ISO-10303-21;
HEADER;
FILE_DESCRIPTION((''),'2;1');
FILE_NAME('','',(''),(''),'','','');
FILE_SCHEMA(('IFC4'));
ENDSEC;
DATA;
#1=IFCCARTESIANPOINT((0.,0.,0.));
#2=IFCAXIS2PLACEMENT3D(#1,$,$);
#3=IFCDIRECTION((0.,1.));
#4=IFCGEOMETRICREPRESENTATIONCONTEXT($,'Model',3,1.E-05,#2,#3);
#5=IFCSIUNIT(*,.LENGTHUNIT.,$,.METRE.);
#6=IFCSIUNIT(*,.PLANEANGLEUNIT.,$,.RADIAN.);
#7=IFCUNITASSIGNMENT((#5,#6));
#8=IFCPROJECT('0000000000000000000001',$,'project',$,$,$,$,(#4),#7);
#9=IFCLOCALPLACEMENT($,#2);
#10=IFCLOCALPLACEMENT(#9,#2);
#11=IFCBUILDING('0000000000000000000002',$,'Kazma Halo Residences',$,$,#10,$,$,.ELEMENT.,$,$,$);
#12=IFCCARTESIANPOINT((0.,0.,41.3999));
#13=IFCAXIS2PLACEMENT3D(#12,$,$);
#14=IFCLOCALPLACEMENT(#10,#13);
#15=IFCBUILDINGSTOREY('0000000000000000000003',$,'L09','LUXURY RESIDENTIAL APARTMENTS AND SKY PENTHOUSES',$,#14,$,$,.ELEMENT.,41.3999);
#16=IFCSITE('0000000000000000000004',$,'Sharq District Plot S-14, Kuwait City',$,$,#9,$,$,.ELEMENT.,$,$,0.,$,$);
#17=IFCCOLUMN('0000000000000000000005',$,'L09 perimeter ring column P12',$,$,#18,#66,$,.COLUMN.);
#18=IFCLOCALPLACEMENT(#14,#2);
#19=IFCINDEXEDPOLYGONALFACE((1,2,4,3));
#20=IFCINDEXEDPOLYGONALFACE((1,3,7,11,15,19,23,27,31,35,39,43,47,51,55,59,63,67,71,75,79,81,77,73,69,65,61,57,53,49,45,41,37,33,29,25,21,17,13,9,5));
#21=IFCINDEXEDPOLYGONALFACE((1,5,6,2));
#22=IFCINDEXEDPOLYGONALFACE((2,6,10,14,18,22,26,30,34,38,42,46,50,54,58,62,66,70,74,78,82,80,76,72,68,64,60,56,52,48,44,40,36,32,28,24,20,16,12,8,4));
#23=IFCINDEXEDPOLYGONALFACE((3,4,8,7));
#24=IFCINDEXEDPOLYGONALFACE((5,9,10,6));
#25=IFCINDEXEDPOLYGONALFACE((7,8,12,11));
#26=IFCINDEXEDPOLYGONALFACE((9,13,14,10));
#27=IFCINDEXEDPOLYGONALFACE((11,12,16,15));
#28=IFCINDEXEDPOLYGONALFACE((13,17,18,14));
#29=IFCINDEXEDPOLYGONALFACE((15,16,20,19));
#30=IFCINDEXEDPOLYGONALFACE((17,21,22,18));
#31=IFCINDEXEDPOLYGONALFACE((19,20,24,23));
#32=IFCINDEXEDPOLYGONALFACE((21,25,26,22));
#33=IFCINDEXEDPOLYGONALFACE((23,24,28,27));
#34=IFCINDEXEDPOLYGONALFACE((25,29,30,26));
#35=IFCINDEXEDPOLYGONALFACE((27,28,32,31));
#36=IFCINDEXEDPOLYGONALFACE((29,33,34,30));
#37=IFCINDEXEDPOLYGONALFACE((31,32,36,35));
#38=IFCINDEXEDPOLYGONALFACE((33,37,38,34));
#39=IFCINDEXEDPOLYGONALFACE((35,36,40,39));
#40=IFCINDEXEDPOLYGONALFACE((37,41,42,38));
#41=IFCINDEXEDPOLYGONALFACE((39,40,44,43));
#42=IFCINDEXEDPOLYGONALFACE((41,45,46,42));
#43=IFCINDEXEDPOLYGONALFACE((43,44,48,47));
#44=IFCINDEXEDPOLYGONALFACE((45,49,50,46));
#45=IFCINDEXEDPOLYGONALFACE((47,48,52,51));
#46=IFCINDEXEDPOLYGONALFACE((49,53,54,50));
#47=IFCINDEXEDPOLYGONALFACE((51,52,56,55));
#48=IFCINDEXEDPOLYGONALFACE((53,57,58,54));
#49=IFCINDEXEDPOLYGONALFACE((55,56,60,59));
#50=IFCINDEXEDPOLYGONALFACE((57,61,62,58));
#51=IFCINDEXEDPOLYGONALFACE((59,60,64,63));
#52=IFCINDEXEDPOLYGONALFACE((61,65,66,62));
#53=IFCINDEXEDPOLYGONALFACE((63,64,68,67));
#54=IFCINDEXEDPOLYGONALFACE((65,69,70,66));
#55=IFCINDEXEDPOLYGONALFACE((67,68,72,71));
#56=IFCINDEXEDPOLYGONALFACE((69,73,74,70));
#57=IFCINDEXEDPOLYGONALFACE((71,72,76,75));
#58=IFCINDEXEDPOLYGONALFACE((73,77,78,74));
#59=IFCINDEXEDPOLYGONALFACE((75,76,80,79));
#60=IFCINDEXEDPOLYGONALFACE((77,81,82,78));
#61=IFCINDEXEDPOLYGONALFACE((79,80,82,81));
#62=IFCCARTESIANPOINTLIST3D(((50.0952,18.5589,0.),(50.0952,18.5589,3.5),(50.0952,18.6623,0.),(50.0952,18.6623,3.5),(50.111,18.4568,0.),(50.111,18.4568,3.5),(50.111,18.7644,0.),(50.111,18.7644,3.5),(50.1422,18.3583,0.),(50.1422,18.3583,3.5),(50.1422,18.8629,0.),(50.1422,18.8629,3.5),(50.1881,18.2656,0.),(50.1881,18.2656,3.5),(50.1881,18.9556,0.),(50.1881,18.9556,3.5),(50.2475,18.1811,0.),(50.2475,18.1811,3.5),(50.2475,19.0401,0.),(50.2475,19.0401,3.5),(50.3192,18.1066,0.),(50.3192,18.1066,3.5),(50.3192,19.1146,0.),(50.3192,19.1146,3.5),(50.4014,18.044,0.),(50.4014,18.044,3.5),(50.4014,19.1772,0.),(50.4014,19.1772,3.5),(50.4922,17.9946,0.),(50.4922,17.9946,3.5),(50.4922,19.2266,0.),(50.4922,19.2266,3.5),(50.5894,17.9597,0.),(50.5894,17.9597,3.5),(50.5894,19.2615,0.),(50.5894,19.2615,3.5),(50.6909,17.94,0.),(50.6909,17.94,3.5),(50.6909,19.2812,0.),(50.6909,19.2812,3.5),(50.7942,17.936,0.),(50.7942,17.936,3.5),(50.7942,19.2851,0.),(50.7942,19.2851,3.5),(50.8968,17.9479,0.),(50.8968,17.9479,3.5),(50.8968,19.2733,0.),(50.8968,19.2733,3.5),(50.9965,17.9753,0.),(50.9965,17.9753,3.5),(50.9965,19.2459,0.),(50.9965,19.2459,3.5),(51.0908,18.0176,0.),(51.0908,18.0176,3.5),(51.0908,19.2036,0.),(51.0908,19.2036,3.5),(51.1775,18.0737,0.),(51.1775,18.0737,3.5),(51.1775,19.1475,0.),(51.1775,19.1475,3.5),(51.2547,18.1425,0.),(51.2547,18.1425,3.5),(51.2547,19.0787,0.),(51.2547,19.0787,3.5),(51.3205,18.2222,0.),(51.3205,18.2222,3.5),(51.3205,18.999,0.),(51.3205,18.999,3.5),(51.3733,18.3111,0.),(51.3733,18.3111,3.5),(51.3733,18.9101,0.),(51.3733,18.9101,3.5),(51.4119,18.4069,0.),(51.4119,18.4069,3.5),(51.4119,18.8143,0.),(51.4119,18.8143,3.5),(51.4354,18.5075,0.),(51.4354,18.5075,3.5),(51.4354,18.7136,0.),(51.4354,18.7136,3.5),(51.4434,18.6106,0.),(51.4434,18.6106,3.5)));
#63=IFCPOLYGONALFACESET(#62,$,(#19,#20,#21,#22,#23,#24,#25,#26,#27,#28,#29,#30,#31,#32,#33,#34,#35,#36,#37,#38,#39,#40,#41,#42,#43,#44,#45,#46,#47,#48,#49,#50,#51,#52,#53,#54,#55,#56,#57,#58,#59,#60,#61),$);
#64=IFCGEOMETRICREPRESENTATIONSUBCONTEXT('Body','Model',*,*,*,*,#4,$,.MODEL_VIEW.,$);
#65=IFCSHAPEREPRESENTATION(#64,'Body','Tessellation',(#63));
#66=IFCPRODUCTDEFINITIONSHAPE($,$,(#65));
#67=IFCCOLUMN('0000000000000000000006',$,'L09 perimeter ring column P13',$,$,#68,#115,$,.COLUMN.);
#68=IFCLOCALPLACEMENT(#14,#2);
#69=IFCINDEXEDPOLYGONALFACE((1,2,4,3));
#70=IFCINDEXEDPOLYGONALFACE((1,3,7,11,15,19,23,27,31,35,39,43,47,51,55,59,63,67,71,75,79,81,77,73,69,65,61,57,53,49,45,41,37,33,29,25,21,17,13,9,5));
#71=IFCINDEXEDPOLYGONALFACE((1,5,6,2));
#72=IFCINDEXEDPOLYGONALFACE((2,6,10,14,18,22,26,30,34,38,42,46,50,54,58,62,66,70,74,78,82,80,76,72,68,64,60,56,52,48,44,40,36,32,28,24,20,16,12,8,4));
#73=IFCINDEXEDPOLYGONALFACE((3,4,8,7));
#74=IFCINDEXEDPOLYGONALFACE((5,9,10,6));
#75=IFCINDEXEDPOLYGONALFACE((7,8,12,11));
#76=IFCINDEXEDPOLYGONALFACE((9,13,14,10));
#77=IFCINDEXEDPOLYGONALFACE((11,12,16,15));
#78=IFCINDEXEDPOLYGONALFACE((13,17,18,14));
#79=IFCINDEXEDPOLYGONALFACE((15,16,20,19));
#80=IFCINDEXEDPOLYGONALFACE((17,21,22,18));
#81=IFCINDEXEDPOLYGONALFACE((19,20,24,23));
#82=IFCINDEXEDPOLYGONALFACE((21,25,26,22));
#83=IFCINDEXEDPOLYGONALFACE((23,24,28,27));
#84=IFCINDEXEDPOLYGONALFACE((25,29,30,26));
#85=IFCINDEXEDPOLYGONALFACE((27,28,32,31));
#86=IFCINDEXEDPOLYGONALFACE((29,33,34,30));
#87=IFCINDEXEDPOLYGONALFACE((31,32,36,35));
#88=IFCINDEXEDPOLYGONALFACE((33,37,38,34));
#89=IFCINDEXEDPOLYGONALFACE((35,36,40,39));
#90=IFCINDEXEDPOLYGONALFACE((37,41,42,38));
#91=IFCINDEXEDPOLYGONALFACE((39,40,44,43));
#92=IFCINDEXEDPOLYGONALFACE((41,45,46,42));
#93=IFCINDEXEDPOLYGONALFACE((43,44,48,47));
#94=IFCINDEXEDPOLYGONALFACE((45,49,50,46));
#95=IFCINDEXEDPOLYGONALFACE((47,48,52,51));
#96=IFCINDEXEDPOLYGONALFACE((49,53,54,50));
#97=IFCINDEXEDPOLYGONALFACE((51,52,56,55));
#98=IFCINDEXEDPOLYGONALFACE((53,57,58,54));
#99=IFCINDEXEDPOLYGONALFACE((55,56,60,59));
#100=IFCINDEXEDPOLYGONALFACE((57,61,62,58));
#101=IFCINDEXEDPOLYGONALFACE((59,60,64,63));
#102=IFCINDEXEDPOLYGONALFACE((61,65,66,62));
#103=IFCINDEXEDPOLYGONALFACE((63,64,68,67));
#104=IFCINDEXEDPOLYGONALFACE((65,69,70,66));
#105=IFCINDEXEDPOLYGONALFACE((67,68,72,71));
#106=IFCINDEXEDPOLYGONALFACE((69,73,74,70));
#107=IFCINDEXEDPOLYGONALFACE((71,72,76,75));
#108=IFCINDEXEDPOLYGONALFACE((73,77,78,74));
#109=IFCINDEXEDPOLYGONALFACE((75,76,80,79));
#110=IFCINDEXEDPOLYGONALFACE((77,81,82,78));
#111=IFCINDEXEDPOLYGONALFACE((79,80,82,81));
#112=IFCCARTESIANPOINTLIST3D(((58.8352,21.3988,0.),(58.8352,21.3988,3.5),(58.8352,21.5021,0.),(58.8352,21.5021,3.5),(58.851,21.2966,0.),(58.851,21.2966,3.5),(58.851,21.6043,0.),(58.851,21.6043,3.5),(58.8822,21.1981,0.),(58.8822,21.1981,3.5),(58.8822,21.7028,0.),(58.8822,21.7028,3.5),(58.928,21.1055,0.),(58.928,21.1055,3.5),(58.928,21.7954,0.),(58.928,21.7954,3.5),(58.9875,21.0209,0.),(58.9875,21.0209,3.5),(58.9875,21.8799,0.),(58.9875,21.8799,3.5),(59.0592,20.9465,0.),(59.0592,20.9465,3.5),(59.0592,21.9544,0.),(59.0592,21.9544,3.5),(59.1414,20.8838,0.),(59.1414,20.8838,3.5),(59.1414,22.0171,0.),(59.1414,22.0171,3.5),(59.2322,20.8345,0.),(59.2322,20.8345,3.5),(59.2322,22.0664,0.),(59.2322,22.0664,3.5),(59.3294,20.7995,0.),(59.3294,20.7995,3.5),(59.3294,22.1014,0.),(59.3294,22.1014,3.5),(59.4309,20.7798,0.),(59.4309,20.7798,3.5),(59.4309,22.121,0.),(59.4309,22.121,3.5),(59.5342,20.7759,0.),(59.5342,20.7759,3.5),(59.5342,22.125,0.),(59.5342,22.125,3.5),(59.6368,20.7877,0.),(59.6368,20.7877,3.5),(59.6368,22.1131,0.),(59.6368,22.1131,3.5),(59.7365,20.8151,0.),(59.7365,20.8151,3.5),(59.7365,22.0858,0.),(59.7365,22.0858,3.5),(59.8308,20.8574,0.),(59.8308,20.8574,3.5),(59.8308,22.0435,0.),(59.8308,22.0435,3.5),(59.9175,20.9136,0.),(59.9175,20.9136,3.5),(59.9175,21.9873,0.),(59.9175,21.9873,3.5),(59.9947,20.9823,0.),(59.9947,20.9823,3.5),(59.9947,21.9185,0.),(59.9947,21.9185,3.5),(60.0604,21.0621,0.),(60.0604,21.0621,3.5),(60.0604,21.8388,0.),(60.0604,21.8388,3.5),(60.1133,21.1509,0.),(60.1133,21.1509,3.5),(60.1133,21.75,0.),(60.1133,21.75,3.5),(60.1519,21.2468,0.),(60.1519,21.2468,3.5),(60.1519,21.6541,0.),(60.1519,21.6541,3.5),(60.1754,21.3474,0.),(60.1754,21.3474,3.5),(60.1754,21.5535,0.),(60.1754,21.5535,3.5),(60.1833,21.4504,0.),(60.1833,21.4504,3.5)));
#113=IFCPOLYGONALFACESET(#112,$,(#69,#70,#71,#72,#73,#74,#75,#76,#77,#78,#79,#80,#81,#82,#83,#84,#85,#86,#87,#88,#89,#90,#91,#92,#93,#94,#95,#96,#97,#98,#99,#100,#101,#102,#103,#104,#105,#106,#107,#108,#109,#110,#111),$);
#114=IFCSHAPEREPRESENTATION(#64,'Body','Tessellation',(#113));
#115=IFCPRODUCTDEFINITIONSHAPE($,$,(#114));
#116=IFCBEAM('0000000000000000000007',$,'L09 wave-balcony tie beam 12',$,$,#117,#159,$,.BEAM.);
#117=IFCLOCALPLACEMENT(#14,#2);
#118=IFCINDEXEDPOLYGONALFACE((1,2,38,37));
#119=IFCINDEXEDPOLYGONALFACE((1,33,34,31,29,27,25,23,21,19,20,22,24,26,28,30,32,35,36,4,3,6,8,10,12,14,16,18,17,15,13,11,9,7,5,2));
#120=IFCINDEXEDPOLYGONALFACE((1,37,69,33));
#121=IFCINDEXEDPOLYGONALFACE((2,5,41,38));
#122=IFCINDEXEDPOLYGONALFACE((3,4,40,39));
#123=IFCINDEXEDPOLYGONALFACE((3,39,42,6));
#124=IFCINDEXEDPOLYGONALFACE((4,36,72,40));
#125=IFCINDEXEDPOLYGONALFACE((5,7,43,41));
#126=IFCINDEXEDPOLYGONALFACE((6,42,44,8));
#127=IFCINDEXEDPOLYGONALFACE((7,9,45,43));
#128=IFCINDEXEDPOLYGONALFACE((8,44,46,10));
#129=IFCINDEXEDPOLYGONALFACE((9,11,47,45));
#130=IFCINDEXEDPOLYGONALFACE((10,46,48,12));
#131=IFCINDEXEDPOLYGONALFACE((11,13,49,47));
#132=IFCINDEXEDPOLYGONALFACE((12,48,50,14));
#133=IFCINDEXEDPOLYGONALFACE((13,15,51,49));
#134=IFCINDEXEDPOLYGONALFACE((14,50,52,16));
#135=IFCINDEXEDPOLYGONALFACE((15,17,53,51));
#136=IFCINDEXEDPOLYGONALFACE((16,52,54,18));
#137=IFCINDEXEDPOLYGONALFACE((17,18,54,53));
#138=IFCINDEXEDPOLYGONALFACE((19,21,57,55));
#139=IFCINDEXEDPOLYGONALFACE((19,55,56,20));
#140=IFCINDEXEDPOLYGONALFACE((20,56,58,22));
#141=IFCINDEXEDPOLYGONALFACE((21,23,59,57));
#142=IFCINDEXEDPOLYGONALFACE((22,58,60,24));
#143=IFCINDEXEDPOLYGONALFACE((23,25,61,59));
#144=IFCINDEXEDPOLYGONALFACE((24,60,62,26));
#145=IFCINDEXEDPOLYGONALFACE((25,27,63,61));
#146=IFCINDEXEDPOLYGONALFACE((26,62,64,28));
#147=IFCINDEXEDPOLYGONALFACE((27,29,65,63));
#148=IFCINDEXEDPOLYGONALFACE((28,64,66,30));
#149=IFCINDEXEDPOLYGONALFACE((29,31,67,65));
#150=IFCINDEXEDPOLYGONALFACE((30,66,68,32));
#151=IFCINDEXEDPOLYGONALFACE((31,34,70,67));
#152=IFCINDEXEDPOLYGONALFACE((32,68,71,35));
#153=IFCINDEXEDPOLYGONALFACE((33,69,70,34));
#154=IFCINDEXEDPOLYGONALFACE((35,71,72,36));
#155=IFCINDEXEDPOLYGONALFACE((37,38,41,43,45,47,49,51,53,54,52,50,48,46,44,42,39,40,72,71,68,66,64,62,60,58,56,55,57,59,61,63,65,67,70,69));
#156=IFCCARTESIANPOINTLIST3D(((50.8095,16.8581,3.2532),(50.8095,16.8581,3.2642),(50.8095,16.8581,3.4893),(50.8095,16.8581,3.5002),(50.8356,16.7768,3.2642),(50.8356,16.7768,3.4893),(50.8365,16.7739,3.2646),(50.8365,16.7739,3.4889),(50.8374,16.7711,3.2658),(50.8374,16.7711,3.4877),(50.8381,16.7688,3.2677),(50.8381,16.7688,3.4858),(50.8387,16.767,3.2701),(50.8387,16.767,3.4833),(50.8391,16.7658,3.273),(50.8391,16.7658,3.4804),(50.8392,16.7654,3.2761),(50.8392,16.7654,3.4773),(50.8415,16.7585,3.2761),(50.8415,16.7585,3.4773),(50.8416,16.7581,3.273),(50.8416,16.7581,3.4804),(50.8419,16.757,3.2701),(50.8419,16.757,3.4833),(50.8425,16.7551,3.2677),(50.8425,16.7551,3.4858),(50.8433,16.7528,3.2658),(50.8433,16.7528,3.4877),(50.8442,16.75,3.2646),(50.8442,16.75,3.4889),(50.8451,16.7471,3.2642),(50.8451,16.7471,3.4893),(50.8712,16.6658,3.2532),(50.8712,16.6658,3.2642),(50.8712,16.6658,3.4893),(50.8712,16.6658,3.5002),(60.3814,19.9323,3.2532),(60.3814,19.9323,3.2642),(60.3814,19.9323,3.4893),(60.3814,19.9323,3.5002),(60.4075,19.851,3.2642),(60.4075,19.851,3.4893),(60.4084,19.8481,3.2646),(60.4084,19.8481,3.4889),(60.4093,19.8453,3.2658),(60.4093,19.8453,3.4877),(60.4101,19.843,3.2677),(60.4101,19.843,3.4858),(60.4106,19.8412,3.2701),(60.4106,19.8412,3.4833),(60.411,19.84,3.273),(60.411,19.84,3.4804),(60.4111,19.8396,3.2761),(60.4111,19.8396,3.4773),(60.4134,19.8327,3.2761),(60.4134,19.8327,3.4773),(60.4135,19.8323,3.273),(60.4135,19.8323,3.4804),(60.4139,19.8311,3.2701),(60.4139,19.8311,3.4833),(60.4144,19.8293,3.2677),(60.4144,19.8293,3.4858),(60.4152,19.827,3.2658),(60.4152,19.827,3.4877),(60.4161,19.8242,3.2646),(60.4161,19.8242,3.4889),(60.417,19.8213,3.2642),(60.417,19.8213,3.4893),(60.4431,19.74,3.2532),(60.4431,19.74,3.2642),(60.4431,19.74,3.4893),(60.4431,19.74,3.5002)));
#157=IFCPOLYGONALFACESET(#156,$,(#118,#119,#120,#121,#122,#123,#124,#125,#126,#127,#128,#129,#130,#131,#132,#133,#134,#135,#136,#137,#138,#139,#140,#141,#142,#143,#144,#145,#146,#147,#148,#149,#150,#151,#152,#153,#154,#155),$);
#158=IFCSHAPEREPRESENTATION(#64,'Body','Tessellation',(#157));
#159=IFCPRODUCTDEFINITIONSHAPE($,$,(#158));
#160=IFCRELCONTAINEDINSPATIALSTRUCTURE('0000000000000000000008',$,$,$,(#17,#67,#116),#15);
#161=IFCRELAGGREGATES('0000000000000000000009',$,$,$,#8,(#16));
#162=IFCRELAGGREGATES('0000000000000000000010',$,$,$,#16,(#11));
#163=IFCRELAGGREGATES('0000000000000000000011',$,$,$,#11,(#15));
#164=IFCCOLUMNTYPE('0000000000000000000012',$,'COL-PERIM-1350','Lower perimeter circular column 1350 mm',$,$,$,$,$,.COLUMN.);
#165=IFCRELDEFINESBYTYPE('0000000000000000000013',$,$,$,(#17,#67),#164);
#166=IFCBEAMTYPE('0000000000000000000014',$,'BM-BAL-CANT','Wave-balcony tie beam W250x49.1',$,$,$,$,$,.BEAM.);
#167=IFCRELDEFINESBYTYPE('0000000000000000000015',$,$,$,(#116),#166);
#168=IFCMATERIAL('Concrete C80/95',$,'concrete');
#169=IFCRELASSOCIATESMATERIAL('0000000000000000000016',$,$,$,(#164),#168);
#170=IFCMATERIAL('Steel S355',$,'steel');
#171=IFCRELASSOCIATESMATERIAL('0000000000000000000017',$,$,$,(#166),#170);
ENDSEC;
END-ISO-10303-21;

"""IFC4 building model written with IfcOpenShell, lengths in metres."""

from ifc_helpers import new_model, si_unit, direction, frame, origin, origin_2d, place, context, subcontext, project, spatial, circle, i_section, extrude, material, material_profile, profile_set, type_object, element, save


model = new_model("IFC4")

# Units and contexts
model_context = context("Model", 3, precision=1e-05, world=origin(), true_north=direction((0.0, 1.0)))
body_context = subcontext(model_context, "Body", "Model", "MODEL_VIEW")
ifc_project = project(units=[si_unit("LENGTHUNIT", "METRE"), si_unit("PLANEANGLEUNIT", "RADIAN")], contexts=[model_context])

# Site, building, storey
site_placement = place(None, origin())
site = spatial("IfcSite", under=ifc_project, at=site_placement, Name="Sharq District Plot S-14, Kuwait City", CompositionType="ELEMENT", RefElevation=0.0)
building_placement = place(site_placement, origin())
building = spatial("IfcBuilding", under=site, at=building_placement, Name="Kazma Halo Residences", CompositionType="ELEMENT")
storey_placement = place(building_placement, frame((0.0, 0.0, 41.3999)))
storey = spatial("IfcBuildingStorey", under=building, at=storey_placement, Name="L09", Description="LUXURY RESIDENTIAL APARTMENTS AND SKY PENTHOUSES", CompositionType="ELEMENT", Elevation=41.3999)

# Columns
ifc_material_1 = material(Name="Concrete C80/95", Category="concrete")
ifc_material_profile_1 = material_profile(ifc_material_1, circle(Radius=0.675, at=origin_2d()), Name="CIRC1350")
ifc_profile_set_1 = profile_set([ifc_material_profile_1], Name="Concrete C80/95")
column_type = type_object("IfcColumnType", Name="COL-PERIM-1350", Description="Lower perimeter circular column 1350 mm", PredefinedType="COLUMN", material=ifc_profile_set_1)
for number, where, z_axis, x_axis, name in (
    (1, (50.7683, 18.6106, 0.0), (0.0, 0.0, 1.0), (1.0, 0.0, 0.0), "L09 perimeter ring column P12"),
    (2, (59.5083, 21.4504, 0.0), (0.0, 0.0, 1.0), (1.0, 0.0, 0.0), "L09 perimeter ring column P13"),
):
    element("IfcColumn", number, at=place(storey_placement, frame(where, z_axis=z_axis, x_axis=x_axis)), inside=storey, type_object=column_type, Name=name, PredefinedType="COLUMN", context=body_context, shape_type="SweptSolid", body=[
        extrude(circle(Radius=0.675, at=origin_2d()), origin(), (0.0, 0.0, 1.0), 3.5),
    ])

# Beam
ifc_material_2 = material(Name="Steel S355", Category="steel")
ifc_material_profile_2 = material_profile(ifc_material_2, i_section(OverallWidth=0.2019, OverallDepth=0.2471, WebThickness=0.0073, FlangeThickness=0.011, FilletRadius=0.012, at=origin_2d()), Name="W250x49.1")
ifc_profile_set_2 = profile_set([ifc_material_profile_2], Name="Steel S355")
beam_type_1 = type_object("IfcBeamType", Name="BM-BAL-CANT", Description="Wave-balcony tie beam W250x49.1", PredefinedType="BEAM", material=ifc_profile_set_2)
beam_1_placement = place(storey_placement, frame((50.8403, 16.762, 3.3767), z_axis=(0.952101, 0.305784, 0.0), x_axis=(-0.305784, 0.952101, 0.0)))
element("IfcBeam", 3, at=beam_1_placement, inside=storey, type_object=beam_type_1, Name="L09 wave-balcony tie beam 12", PredefinedType="BEAM", context=body_context, shape_type="SweptSolid", body=[
    extrude(i_section(OverallWidth=0.2019, OverallDepth=0.2471, WebThickness=0.0073, FlangeThickness=0.011, FilletRadius=0.012, at=origin_2d()), origin(), (0.0, 0.0, 1.0), 10.0535),
])

save(model, "model.ifc")
